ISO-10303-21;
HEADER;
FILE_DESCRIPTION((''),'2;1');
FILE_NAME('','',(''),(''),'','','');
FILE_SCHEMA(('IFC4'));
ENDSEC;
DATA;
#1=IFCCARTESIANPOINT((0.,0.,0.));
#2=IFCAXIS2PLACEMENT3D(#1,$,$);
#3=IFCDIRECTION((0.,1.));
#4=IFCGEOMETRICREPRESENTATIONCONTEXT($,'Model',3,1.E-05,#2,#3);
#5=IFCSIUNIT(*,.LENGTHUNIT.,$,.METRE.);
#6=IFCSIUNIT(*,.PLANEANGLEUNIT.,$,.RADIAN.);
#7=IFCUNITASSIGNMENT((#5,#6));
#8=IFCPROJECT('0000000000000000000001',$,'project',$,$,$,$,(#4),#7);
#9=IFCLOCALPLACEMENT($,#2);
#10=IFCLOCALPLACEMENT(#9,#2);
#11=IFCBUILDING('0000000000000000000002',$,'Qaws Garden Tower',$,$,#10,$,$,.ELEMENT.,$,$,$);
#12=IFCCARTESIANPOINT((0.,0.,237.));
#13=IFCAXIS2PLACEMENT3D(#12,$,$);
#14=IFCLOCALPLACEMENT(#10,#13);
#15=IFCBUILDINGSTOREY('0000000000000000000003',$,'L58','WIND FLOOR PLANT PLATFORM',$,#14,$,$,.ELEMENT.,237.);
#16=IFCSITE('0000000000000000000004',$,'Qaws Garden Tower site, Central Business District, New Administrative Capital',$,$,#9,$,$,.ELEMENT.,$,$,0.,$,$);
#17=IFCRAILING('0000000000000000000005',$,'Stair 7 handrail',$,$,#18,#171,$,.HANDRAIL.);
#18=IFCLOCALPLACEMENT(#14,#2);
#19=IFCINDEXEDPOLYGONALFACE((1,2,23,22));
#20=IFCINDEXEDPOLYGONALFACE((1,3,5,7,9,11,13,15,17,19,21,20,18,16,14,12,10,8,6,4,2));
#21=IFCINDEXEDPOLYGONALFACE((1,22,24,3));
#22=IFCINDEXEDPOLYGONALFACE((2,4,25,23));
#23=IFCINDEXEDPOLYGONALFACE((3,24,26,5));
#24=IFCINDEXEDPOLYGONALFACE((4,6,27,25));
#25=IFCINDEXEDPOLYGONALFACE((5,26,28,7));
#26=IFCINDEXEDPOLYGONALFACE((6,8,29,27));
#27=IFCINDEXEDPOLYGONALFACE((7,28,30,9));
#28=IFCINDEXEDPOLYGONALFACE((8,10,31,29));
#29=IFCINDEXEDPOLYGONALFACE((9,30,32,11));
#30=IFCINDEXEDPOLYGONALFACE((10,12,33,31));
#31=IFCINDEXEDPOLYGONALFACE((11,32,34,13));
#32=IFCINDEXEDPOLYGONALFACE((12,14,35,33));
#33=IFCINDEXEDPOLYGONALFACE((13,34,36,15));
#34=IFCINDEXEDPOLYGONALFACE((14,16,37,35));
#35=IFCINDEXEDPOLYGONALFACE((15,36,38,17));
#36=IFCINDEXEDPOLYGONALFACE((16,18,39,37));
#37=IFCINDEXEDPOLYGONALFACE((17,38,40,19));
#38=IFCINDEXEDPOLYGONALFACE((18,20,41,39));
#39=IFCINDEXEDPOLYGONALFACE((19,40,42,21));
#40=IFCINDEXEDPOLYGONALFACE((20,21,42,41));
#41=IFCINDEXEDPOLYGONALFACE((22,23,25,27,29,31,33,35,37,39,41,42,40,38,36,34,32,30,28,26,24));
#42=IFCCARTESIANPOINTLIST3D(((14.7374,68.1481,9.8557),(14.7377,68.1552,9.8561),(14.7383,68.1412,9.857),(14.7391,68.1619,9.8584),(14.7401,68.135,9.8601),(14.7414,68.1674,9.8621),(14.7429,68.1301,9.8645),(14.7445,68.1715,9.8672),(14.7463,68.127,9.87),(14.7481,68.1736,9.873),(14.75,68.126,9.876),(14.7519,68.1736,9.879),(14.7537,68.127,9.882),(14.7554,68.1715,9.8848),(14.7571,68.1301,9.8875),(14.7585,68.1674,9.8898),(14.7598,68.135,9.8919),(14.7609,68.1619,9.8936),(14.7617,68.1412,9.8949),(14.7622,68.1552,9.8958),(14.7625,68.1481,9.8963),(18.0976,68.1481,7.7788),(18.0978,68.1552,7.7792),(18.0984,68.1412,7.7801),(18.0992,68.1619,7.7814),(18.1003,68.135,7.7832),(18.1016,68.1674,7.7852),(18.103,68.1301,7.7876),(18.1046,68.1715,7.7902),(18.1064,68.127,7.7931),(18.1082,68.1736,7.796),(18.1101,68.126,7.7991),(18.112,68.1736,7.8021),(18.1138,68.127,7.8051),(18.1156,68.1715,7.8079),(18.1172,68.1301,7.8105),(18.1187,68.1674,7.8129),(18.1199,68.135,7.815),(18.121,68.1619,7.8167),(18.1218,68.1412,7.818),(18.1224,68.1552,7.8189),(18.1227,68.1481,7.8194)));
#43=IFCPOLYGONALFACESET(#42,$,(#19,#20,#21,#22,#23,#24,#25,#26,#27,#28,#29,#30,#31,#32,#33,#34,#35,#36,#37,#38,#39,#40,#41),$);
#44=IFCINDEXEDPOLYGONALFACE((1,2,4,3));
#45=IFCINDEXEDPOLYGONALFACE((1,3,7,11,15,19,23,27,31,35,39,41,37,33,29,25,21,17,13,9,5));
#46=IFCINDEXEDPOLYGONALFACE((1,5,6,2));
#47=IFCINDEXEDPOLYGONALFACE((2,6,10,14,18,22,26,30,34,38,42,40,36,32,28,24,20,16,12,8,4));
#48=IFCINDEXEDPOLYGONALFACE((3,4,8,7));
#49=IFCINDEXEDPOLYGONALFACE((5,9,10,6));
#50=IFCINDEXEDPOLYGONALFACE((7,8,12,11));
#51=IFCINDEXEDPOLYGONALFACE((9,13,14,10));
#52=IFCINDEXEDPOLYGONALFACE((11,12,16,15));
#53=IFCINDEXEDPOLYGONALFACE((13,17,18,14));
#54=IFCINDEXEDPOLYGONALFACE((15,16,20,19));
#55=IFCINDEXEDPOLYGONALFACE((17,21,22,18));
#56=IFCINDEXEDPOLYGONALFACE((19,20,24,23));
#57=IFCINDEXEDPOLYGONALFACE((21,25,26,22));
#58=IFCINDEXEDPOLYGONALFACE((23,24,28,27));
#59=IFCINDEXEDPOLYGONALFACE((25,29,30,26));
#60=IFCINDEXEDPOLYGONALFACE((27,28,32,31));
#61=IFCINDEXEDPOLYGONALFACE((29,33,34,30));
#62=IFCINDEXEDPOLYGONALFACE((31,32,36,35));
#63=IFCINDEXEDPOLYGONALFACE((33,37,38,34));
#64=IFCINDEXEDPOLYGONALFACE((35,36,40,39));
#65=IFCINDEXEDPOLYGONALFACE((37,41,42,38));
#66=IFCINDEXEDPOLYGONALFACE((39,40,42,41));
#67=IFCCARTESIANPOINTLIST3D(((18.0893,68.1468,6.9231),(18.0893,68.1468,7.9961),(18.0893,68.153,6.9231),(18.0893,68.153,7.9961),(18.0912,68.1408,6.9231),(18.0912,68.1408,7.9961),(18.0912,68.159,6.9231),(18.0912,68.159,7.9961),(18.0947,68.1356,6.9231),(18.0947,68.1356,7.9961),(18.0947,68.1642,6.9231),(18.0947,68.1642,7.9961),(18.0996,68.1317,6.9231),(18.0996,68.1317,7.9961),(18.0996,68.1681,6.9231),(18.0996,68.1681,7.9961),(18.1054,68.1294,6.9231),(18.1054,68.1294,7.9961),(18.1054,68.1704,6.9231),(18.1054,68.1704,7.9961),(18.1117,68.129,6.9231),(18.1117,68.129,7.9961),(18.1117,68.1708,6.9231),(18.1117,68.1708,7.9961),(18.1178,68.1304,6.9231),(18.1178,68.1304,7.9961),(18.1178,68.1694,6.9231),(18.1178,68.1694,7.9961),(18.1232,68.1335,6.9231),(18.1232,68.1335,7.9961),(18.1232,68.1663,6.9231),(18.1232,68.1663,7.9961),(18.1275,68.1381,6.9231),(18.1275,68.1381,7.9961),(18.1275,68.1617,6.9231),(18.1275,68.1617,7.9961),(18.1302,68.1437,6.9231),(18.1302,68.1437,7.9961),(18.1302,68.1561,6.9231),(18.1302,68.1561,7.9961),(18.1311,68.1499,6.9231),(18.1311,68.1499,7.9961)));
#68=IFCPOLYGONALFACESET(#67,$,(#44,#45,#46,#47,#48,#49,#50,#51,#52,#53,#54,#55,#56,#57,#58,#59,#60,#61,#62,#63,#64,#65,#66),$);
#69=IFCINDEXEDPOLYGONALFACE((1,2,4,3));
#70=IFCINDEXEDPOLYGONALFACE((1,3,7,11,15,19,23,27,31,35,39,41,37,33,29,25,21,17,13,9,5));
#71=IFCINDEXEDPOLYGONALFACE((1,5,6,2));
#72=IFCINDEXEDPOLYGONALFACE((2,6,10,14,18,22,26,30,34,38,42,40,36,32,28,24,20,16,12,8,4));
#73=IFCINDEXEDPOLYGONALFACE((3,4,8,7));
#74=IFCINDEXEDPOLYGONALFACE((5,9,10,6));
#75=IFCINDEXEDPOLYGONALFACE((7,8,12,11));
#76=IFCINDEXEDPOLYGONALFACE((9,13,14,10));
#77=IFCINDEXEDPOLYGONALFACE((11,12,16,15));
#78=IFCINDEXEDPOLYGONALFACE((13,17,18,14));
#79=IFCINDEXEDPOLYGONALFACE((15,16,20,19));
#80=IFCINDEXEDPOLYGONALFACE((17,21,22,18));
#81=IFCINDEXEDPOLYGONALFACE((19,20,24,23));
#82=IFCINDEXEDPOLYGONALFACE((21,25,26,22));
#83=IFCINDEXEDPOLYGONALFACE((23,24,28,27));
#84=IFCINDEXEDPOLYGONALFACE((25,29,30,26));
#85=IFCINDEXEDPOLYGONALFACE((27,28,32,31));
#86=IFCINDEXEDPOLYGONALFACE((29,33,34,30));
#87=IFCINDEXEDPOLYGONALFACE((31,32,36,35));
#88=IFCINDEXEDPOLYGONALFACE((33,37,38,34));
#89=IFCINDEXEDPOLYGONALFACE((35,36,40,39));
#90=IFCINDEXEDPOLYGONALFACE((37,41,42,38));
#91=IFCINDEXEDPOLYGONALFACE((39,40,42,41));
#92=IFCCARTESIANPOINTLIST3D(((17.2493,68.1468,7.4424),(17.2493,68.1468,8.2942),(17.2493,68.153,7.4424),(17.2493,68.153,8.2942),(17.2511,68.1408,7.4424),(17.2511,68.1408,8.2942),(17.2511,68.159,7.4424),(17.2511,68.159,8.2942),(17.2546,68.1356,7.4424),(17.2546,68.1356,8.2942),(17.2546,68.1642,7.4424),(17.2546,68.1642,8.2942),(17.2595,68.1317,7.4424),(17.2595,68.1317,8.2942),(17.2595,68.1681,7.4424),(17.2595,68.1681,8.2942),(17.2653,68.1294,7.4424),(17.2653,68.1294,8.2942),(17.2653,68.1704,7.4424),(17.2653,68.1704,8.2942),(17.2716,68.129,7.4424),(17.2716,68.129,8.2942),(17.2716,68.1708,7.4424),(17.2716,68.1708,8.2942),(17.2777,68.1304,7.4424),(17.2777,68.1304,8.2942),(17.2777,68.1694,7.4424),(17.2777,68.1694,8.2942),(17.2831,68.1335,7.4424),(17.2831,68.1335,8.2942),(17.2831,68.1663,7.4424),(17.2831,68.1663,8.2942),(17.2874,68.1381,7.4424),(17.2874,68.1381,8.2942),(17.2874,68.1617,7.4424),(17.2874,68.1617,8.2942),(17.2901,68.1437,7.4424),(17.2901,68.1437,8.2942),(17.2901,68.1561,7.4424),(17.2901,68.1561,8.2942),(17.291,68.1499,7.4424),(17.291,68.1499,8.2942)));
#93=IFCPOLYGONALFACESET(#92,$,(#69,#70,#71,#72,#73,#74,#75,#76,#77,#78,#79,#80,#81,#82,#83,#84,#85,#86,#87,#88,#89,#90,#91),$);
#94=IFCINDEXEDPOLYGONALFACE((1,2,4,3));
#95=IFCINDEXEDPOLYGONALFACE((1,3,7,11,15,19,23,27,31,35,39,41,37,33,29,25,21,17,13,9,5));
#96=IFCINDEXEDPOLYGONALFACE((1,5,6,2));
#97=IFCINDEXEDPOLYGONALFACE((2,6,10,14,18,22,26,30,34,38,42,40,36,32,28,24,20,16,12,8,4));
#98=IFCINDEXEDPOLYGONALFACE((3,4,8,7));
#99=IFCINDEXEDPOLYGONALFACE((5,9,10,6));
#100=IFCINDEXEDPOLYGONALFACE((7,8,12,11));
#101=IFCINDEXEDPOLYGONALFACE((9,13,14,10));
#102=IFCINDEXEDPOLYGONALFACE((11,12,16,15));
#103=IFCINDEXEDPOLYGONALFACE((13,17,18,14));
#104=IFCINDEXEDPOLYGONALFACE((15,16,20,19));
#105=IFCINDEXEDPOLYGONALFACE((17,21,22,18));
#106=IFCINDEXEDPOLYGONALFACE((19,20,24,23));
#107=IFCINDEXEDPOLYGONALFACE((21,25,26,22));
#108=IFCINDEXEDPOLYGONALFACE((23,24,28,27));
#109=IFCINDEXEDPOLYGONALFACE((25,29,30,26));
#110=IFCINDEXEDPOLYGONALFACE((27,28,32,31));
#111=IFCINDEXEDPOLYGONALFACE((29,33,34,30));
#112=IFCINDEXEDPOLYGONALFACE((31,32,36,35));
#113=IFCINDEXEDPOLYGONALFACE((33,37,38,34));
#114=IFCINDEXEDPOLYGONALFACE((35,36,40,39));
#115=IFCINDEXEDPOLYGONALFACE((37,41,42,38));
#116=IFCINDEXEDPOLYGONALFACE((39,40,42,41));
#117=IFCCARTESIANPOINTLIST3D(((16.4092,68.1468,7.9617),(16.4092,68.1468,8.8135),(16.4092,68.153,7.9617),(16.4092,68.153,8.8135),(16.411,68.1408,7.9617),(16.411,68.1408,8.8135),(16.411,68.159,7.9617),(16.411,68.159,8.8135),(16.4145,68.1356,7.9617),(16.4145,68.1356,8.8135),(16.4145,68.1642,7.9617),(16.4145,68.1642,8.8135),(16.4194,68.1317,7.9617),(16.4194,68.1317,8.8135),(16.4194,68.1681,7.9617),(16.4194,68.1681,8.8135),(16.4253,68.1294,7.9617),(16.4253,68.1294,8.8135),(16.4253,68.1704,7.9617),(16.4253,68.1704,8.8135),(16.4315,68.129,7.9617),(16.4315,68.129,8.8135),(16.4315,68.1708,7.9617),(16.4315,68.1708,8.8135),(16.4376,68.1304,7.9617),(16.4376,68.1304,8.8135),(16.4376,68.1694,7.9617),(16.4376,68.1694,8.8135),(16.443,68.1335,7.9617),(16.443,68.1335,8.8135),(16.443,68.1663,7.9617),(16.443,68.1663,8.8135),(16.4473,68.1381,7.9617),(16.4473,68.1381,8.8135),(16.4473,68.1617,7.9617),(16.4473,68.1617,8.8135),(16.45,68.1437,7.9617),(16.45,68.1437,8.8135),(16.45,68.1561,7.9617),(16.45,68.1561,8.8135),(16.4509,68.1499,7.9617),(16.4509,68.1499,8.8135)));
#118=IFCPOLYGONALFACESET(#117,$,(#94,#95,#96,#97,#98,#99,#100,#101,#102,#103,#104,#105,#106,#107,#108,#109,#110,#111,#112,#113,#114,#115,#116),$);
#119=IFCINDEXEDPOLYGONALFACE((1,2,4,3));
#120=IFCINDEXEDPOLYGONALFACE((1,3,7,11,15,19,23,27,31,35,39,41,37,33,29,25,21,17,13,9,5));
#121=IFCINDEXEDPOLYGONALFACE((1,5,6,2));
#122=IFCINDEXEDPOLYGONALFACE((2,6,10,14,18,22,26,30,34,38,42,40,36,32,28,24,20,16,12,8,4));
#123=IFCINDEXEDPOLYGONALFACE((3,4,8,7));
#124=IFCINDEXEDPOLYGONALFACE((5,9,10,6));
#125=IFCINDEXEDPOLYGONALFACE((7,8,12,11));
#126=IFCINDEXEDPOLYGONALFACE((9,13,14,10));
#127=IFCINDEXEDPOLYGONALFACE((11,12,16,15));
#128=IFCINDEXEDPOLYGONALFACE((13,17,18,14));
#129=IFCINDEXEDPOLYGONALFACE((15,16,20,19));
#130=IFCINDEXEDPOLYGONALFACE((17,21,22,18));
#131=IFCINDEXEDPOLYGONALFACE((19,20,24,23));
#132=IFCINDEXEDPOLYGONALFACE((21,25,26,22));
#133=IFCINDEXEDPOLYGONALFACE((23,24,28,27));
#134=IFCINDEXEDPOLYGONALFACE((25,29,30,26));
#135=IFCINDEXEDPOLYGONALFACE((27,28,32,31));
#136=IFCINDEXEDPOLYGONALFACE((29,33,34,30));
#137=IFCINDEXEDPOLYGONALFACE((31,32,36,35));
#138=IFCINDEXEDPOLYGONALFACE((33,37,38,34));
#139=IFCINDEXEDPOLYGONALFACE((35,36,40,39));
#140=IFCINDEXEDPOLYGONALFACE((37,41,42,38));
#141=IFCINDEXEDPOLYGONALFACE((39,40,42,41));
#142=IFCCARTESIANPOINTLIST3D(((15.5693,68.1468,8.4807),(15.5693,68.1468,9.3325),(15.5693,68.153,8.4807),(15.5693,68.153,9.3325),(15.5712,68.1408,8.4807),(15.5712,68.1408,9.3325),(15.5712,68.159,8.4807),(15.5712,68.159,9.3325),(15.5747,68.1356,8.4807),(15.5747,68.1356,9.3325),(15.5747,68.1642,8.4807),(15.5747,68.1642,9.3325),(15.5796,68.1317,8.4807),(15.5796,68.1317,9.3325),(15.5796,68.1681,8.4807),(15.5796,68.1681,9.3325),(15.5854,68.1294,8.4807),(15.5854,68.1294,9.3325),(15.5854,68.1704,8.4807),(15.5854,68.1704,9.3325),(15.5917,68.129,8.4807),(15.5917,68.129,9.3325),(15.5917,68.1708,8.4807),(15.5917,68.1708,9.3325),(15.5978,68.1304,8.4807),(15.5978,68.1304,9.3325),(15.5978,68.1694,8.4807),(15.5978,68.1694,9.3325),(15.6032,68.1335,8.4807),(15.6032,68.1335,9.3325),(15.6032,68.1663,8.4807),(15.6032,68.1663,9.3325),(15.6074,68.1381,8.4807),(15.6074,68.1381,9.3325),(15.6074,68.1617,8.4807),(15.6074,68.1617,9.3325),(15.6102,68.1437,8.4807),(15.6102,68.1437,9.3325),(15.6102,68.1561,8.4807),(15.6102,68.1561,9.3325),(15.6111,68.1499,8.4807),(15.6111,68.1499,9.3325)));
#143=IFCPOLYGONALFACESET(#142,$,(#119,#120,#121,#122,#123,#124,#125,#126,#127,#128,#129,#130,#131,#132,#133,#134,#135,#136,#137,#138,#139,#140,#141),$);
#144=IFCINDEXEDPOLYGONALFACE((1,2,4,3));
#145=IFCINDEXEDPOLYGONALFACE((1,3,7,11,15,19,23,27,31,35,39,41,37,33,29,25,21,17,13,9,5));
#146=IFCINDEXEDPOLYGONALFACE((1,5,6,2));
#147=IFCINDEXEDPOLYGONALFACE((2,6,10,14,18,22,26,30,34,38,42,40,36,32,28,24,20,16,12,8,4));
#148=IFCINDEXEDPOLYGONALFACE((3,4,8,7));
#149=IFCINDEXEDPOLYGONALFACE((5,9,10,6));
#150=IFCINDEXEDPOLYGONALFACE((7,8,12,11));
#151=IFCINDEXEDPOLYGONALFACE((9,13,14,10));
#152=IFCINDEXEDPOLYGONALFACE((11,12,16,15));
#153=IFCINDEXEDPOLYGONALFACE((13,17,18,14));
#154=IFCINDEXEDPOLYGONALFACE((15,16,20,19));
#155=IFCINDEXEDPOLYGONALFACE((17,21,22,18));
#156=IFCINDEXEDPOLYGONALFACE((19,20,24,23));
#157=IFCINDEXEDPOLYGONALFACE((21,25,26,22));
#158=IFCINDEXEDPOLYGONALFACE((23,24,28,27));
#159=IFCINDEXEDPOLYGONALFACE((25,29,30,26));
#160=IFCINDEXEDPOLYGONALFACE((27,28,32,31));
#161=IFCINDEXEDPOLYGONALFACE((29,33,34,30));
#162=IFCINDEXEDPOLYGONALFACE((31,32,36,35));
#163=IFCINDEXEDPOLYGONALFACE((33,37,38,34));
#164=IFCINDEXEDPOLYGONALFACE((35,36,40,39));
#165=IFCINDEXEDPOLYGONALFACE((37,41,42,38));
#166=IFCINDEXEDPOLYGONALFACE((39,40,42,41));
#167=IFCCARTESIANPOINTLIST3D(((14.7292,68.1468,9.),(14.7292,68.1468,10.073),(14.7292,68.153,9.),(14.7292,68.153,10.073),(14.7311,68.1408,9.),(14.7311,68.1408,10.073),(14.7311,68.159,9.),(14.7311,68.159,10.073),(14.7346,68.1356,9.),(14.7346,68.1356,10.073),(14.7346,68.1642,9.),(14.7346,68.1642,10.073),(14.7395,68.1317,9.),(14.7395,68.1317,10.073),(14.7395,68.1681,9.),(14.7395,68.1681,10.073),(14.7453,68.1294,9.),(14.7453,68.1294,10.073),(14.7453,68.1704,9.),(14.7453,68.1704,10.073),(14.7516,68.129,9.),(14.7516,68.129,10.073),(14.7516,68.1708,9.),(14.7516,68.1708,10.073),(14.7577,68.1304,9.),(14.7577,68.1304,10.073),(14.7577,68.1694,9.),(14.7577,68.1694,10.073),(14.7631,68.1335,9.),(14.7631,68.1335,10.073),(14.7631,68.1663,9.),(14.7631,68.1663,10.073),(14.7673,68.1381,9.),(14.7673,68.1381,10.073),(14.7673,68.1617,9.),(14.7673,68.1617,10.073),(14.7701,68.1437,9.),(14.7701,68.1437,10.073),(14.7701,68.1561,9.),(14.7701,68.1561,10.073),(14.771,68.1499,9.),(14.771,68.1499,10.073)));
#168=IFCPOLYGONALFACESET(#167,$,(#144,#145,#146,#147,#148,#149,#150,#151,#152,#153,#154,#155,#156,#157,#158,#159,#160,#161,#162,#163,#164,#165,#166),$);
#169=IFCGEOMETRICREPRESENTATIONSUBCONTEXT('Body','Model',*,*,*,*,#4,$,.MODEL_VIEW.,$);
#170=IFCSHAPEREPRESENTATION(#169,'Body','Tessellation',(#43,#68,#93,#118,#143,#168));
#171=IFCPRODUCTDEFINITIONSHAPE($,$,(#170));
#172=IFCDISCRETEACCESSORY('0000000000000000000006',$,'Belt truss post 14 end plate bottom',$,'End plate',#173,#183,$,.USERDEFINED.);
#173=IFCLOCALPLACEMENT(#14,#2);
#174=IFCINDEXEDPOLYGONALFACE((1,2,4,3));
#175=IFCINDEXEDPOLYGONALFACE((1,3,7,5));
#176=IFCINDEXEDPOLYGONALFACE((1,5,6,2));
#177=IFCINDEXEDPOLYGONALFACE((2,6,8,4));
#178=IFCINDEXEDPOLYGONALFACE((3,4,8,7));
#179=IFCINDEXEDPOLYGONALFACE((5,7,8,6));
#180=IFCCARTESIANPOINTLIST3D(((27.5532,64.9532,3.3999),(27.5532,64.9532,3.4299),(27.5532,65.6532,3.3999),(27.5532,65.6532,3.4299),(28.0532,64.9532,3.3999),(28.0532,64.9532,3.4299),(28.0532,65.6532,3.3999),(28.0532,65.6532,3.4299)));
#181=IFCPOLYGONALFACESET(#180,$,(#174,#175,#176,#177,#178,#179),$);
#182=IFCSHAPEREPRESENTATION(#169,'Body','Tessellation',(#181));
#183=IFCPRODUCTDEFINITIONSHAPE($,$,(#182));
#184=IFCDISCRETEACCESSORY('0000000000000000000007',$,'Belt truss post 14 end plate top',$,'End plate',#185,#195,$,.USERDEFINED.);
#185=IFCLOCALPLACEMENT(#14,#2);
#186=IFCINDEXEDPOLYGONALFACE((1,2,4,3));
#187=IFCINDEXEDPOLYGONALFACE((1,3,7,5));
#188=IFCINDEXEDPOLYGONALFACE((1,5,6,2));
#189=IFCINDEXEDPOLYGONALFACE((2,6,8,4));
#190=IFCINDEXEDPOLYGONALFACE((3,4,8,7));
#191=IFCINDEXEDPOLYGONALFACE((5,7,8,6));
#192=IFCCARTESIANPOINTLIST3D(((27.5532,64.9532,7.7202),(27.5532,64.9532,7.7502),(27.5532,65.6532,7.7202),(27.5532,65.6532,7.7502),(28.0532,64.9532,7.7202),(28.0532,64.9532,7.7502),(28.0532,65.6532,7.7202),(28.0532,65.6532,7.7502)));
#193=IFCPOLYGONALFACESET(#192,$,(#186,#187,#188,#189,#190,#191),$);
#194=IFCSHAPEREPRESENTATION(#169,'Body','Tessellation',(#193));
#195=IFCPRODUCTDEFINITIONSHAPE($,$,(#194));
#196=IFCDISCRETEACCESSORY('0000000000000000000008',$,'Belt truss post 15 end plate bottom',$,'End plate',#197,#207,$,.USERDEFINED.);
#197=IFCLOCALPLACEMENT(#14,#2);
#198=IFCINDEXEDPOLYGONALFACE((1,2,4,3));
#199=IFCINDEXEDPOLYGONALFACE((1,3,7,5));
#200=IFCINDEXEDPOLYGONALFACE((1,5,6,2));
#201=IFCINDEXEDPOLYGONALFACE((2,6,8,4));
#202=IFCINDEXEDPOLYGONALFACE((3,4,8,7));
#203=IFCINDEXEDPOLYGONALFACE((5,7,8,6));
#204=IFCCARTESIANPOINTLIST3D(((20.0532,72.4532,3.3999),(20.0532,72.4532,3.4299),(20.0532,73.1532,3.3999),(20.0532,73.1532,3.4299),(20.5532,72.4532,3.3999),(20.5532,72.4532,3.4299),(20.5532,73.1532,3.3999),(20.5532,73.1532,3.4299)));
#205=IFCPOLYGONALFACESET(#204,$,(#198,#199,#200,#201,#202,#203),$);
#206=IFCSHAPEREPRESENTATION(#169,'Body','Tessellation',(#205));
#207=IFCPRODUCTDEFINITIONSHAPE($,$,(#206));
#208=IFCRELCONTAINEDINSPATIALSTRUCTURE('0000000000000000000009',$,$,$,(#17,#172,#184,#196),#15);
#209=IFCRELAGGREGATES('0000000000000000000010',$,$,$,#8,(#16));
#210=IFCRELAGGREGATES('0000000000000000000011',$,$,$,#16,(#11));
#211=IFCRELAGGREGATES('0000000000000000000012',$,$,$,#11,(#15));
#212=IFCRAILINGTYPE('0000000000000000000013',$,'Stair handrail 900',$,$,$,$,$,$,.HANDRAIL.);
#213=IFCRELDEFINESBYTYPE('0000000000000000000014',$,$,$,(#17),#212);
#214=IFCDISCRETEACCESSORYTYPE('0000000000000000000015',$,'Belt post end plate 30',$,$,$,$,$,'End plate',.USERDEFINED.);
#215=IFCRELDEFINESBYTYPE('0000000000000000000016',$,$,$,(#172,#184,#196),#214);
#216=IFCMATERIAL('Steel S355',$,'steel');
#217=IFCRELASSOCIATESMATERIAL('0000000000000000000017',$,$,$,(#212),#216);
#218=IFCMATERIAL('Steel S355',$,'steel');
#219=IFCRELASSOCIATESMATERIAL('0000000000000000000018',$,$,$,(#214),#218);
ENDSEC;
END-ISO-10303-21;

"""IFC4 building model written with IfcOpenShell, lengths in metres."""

from ifc_helpers import new_model, si_unit, direction, frame, origin, origin_2d, place, context, subcontext, project, spatial, rectangle, circle, extrude, material, type_object, element, save


model = new_model("IFC4")

# Units and contexts
model_context = context("Model", 3, precision=1e-05, world=origin(), true_north=direction((0.0, 1.0)))
body_context = subcontext(model_context, "Body", "Model", "MODEL_VIEW")
ifc_project = project(units=[si_unit("LENGTHUNIT", "METRE"), si_unit("PLANEANGLEUNIT", "RADIAN")], contexts=[model_context])

# Site, building, storey
site_placement = place(None, origin())
site = spatial("IfcSite", under=ifc_project, at=site_placement, Name="Qaws Garden Tower site, Central Business District, New Administrative Capital", CompositionType="ELEMENT", RefElevation=0.0)
building_placement = place(site_placement, origin())
building = spatial("IfcBuilding", under=site, at=building_placement, Name="Qaws Garden Tower", CompositionType="ELEMENT")
storey_placement = place(building_placement, frame((0.0, 0.0, 237.0)))
storey = spatial("IfcBuildingStorey", under=building, at=storey_placement, Name="L58", Description="WIND FLOOR PLANT PLATFORM", CompositionType="ELEMENT", Elevation=237.0)

# Shared definitions
placement_1 = place(storey_placement, frame((27.8032, 65.3032, 3.3999), z_axis=(0.0, 0.0, 1.0), x_axis=(1.0, 0.0, 0.0)))
placement_2 = place(storey_placement, frame((20.3032, 72.8032, 3.3999), z_axis=(0.0, 0.0, 1.0), x_axis=(1.0, 0.0, 0.0)))

# Railing
ifc_material_1 = material(Name="Steel S355", Category="steel")
railing_type_1 = type_object("IfcRailingType", Name="Stair handrail 900", PredefinedType="HANDRAIL", material=ifc_material_1)
for number, where, name in (
    (1, (18.1101, 68.1499, 6.9231), "Stair 7 handrail"),
):
    element("IfcRailing", number, at=place(storey_placement, frame(where)), inside=storey, type_object=railing_type_1, Name=name, PredefinedType="HANDRAIL", context=body_context, shape_type="SweptSolid", body=[
        extrude(circle(Radius=0.0239, at=origin_2d()), frame((0.0, 0.0, 0.876), z_axis=(-0.850623, 0.0, 0.525776), x_axis=(0.0, -1.0, 0.0)), (0.0, 0.0, 1.0), 3.9502),
        extrude(circle(Radius=0.021, at=origin_2d()), origin(), (0.0, 0.0, 1.0), 1.073),
        extrude(circle(Radius=0.021, at=origin_2d()), frame((-0.8401, 0.0, 0.5193)), (0.0, 0.0, 1.0), 0.8518),
        extrude(circle(Radius=0.021, at=origin_2d()), frame((-1.6802, 0.0, 1.0386)), (0.0, 0.0, 1.0), 0.8518),
        extrude(circle(Radius=0.021, at=origin_2d()), frame((-2.52, 0.0, 1.5576)), (0.0, 0.0, 1.0), 0.8518),
        extrude(circle(Radius=0.021, at=origin_2d()), frame((-3.3601, 0.0, 2.0769)), (0.0, 0.0, 1.0), 1.073),
    ])

# Discrete accessories
ifc_material_2 = material(Name="Steel S355", Category="steel")
discrete_accessory_type = type_object("IfcDiscreteAccessoryType", Name="Belt post end plate 30", ElementType="End plate", PredefinedType="USERDEFINED", material=ifc_material_2)
element("IfcDiscreteAccessory", 2, at=placement_1, inside=storey, type_object=discrete_accessory_type, Name="Belt truss post 14 end plate bottom", ObjectType="End plate", PredefinedType="USERDEFINED", context=body_context, shape_type="SweptSolid", body=[
    extrude(rectangle(XDim=0.5, YDim=0.7, at=origin_2d()), origin(), (0.0, 0.0, 1.0), 0.03),
])
discrete_accessory_1_placement = place(storey_placement, frame((27.8032, 65.3032, 7.7202), z_axis=(0.0, 0.0, 1.0), x_axis=(1.0, 0.0, 0.0)))
element("IfcDiscreteAccessory", 3, at=discrete_accessory_1_placement, inside=storey, type_object=discrete_accessory_type, Name="Belt truss post 14 end plate top", ObjectType="End plate", PredefinedType="USERDEFINED", context=body_context, shape_type="SweptSolid", body=[
    extrude(rectangle(XDim=0.5, YDim=0.7, at=origin_2d()), origin(), (0.0, 0.0, 1.0), 0.03),
])
element("IfcDiscreteAccessory", 4, at=placement_2, inside=storey, type_object=discrete_accessory_type, Name="Belt truss post 15 end plate bottom", ObjectType="End plate", PredefinedType="USERDEFINED", context=body_context, shape_type="SweptSolid", body=[
    extrude(rectangle(XDim=0.5, YDim=0.7, at=origin_2d()), origin(), (0.0, 0.0, 1.0), 0.03),
])

save(model, "model.ifc")
